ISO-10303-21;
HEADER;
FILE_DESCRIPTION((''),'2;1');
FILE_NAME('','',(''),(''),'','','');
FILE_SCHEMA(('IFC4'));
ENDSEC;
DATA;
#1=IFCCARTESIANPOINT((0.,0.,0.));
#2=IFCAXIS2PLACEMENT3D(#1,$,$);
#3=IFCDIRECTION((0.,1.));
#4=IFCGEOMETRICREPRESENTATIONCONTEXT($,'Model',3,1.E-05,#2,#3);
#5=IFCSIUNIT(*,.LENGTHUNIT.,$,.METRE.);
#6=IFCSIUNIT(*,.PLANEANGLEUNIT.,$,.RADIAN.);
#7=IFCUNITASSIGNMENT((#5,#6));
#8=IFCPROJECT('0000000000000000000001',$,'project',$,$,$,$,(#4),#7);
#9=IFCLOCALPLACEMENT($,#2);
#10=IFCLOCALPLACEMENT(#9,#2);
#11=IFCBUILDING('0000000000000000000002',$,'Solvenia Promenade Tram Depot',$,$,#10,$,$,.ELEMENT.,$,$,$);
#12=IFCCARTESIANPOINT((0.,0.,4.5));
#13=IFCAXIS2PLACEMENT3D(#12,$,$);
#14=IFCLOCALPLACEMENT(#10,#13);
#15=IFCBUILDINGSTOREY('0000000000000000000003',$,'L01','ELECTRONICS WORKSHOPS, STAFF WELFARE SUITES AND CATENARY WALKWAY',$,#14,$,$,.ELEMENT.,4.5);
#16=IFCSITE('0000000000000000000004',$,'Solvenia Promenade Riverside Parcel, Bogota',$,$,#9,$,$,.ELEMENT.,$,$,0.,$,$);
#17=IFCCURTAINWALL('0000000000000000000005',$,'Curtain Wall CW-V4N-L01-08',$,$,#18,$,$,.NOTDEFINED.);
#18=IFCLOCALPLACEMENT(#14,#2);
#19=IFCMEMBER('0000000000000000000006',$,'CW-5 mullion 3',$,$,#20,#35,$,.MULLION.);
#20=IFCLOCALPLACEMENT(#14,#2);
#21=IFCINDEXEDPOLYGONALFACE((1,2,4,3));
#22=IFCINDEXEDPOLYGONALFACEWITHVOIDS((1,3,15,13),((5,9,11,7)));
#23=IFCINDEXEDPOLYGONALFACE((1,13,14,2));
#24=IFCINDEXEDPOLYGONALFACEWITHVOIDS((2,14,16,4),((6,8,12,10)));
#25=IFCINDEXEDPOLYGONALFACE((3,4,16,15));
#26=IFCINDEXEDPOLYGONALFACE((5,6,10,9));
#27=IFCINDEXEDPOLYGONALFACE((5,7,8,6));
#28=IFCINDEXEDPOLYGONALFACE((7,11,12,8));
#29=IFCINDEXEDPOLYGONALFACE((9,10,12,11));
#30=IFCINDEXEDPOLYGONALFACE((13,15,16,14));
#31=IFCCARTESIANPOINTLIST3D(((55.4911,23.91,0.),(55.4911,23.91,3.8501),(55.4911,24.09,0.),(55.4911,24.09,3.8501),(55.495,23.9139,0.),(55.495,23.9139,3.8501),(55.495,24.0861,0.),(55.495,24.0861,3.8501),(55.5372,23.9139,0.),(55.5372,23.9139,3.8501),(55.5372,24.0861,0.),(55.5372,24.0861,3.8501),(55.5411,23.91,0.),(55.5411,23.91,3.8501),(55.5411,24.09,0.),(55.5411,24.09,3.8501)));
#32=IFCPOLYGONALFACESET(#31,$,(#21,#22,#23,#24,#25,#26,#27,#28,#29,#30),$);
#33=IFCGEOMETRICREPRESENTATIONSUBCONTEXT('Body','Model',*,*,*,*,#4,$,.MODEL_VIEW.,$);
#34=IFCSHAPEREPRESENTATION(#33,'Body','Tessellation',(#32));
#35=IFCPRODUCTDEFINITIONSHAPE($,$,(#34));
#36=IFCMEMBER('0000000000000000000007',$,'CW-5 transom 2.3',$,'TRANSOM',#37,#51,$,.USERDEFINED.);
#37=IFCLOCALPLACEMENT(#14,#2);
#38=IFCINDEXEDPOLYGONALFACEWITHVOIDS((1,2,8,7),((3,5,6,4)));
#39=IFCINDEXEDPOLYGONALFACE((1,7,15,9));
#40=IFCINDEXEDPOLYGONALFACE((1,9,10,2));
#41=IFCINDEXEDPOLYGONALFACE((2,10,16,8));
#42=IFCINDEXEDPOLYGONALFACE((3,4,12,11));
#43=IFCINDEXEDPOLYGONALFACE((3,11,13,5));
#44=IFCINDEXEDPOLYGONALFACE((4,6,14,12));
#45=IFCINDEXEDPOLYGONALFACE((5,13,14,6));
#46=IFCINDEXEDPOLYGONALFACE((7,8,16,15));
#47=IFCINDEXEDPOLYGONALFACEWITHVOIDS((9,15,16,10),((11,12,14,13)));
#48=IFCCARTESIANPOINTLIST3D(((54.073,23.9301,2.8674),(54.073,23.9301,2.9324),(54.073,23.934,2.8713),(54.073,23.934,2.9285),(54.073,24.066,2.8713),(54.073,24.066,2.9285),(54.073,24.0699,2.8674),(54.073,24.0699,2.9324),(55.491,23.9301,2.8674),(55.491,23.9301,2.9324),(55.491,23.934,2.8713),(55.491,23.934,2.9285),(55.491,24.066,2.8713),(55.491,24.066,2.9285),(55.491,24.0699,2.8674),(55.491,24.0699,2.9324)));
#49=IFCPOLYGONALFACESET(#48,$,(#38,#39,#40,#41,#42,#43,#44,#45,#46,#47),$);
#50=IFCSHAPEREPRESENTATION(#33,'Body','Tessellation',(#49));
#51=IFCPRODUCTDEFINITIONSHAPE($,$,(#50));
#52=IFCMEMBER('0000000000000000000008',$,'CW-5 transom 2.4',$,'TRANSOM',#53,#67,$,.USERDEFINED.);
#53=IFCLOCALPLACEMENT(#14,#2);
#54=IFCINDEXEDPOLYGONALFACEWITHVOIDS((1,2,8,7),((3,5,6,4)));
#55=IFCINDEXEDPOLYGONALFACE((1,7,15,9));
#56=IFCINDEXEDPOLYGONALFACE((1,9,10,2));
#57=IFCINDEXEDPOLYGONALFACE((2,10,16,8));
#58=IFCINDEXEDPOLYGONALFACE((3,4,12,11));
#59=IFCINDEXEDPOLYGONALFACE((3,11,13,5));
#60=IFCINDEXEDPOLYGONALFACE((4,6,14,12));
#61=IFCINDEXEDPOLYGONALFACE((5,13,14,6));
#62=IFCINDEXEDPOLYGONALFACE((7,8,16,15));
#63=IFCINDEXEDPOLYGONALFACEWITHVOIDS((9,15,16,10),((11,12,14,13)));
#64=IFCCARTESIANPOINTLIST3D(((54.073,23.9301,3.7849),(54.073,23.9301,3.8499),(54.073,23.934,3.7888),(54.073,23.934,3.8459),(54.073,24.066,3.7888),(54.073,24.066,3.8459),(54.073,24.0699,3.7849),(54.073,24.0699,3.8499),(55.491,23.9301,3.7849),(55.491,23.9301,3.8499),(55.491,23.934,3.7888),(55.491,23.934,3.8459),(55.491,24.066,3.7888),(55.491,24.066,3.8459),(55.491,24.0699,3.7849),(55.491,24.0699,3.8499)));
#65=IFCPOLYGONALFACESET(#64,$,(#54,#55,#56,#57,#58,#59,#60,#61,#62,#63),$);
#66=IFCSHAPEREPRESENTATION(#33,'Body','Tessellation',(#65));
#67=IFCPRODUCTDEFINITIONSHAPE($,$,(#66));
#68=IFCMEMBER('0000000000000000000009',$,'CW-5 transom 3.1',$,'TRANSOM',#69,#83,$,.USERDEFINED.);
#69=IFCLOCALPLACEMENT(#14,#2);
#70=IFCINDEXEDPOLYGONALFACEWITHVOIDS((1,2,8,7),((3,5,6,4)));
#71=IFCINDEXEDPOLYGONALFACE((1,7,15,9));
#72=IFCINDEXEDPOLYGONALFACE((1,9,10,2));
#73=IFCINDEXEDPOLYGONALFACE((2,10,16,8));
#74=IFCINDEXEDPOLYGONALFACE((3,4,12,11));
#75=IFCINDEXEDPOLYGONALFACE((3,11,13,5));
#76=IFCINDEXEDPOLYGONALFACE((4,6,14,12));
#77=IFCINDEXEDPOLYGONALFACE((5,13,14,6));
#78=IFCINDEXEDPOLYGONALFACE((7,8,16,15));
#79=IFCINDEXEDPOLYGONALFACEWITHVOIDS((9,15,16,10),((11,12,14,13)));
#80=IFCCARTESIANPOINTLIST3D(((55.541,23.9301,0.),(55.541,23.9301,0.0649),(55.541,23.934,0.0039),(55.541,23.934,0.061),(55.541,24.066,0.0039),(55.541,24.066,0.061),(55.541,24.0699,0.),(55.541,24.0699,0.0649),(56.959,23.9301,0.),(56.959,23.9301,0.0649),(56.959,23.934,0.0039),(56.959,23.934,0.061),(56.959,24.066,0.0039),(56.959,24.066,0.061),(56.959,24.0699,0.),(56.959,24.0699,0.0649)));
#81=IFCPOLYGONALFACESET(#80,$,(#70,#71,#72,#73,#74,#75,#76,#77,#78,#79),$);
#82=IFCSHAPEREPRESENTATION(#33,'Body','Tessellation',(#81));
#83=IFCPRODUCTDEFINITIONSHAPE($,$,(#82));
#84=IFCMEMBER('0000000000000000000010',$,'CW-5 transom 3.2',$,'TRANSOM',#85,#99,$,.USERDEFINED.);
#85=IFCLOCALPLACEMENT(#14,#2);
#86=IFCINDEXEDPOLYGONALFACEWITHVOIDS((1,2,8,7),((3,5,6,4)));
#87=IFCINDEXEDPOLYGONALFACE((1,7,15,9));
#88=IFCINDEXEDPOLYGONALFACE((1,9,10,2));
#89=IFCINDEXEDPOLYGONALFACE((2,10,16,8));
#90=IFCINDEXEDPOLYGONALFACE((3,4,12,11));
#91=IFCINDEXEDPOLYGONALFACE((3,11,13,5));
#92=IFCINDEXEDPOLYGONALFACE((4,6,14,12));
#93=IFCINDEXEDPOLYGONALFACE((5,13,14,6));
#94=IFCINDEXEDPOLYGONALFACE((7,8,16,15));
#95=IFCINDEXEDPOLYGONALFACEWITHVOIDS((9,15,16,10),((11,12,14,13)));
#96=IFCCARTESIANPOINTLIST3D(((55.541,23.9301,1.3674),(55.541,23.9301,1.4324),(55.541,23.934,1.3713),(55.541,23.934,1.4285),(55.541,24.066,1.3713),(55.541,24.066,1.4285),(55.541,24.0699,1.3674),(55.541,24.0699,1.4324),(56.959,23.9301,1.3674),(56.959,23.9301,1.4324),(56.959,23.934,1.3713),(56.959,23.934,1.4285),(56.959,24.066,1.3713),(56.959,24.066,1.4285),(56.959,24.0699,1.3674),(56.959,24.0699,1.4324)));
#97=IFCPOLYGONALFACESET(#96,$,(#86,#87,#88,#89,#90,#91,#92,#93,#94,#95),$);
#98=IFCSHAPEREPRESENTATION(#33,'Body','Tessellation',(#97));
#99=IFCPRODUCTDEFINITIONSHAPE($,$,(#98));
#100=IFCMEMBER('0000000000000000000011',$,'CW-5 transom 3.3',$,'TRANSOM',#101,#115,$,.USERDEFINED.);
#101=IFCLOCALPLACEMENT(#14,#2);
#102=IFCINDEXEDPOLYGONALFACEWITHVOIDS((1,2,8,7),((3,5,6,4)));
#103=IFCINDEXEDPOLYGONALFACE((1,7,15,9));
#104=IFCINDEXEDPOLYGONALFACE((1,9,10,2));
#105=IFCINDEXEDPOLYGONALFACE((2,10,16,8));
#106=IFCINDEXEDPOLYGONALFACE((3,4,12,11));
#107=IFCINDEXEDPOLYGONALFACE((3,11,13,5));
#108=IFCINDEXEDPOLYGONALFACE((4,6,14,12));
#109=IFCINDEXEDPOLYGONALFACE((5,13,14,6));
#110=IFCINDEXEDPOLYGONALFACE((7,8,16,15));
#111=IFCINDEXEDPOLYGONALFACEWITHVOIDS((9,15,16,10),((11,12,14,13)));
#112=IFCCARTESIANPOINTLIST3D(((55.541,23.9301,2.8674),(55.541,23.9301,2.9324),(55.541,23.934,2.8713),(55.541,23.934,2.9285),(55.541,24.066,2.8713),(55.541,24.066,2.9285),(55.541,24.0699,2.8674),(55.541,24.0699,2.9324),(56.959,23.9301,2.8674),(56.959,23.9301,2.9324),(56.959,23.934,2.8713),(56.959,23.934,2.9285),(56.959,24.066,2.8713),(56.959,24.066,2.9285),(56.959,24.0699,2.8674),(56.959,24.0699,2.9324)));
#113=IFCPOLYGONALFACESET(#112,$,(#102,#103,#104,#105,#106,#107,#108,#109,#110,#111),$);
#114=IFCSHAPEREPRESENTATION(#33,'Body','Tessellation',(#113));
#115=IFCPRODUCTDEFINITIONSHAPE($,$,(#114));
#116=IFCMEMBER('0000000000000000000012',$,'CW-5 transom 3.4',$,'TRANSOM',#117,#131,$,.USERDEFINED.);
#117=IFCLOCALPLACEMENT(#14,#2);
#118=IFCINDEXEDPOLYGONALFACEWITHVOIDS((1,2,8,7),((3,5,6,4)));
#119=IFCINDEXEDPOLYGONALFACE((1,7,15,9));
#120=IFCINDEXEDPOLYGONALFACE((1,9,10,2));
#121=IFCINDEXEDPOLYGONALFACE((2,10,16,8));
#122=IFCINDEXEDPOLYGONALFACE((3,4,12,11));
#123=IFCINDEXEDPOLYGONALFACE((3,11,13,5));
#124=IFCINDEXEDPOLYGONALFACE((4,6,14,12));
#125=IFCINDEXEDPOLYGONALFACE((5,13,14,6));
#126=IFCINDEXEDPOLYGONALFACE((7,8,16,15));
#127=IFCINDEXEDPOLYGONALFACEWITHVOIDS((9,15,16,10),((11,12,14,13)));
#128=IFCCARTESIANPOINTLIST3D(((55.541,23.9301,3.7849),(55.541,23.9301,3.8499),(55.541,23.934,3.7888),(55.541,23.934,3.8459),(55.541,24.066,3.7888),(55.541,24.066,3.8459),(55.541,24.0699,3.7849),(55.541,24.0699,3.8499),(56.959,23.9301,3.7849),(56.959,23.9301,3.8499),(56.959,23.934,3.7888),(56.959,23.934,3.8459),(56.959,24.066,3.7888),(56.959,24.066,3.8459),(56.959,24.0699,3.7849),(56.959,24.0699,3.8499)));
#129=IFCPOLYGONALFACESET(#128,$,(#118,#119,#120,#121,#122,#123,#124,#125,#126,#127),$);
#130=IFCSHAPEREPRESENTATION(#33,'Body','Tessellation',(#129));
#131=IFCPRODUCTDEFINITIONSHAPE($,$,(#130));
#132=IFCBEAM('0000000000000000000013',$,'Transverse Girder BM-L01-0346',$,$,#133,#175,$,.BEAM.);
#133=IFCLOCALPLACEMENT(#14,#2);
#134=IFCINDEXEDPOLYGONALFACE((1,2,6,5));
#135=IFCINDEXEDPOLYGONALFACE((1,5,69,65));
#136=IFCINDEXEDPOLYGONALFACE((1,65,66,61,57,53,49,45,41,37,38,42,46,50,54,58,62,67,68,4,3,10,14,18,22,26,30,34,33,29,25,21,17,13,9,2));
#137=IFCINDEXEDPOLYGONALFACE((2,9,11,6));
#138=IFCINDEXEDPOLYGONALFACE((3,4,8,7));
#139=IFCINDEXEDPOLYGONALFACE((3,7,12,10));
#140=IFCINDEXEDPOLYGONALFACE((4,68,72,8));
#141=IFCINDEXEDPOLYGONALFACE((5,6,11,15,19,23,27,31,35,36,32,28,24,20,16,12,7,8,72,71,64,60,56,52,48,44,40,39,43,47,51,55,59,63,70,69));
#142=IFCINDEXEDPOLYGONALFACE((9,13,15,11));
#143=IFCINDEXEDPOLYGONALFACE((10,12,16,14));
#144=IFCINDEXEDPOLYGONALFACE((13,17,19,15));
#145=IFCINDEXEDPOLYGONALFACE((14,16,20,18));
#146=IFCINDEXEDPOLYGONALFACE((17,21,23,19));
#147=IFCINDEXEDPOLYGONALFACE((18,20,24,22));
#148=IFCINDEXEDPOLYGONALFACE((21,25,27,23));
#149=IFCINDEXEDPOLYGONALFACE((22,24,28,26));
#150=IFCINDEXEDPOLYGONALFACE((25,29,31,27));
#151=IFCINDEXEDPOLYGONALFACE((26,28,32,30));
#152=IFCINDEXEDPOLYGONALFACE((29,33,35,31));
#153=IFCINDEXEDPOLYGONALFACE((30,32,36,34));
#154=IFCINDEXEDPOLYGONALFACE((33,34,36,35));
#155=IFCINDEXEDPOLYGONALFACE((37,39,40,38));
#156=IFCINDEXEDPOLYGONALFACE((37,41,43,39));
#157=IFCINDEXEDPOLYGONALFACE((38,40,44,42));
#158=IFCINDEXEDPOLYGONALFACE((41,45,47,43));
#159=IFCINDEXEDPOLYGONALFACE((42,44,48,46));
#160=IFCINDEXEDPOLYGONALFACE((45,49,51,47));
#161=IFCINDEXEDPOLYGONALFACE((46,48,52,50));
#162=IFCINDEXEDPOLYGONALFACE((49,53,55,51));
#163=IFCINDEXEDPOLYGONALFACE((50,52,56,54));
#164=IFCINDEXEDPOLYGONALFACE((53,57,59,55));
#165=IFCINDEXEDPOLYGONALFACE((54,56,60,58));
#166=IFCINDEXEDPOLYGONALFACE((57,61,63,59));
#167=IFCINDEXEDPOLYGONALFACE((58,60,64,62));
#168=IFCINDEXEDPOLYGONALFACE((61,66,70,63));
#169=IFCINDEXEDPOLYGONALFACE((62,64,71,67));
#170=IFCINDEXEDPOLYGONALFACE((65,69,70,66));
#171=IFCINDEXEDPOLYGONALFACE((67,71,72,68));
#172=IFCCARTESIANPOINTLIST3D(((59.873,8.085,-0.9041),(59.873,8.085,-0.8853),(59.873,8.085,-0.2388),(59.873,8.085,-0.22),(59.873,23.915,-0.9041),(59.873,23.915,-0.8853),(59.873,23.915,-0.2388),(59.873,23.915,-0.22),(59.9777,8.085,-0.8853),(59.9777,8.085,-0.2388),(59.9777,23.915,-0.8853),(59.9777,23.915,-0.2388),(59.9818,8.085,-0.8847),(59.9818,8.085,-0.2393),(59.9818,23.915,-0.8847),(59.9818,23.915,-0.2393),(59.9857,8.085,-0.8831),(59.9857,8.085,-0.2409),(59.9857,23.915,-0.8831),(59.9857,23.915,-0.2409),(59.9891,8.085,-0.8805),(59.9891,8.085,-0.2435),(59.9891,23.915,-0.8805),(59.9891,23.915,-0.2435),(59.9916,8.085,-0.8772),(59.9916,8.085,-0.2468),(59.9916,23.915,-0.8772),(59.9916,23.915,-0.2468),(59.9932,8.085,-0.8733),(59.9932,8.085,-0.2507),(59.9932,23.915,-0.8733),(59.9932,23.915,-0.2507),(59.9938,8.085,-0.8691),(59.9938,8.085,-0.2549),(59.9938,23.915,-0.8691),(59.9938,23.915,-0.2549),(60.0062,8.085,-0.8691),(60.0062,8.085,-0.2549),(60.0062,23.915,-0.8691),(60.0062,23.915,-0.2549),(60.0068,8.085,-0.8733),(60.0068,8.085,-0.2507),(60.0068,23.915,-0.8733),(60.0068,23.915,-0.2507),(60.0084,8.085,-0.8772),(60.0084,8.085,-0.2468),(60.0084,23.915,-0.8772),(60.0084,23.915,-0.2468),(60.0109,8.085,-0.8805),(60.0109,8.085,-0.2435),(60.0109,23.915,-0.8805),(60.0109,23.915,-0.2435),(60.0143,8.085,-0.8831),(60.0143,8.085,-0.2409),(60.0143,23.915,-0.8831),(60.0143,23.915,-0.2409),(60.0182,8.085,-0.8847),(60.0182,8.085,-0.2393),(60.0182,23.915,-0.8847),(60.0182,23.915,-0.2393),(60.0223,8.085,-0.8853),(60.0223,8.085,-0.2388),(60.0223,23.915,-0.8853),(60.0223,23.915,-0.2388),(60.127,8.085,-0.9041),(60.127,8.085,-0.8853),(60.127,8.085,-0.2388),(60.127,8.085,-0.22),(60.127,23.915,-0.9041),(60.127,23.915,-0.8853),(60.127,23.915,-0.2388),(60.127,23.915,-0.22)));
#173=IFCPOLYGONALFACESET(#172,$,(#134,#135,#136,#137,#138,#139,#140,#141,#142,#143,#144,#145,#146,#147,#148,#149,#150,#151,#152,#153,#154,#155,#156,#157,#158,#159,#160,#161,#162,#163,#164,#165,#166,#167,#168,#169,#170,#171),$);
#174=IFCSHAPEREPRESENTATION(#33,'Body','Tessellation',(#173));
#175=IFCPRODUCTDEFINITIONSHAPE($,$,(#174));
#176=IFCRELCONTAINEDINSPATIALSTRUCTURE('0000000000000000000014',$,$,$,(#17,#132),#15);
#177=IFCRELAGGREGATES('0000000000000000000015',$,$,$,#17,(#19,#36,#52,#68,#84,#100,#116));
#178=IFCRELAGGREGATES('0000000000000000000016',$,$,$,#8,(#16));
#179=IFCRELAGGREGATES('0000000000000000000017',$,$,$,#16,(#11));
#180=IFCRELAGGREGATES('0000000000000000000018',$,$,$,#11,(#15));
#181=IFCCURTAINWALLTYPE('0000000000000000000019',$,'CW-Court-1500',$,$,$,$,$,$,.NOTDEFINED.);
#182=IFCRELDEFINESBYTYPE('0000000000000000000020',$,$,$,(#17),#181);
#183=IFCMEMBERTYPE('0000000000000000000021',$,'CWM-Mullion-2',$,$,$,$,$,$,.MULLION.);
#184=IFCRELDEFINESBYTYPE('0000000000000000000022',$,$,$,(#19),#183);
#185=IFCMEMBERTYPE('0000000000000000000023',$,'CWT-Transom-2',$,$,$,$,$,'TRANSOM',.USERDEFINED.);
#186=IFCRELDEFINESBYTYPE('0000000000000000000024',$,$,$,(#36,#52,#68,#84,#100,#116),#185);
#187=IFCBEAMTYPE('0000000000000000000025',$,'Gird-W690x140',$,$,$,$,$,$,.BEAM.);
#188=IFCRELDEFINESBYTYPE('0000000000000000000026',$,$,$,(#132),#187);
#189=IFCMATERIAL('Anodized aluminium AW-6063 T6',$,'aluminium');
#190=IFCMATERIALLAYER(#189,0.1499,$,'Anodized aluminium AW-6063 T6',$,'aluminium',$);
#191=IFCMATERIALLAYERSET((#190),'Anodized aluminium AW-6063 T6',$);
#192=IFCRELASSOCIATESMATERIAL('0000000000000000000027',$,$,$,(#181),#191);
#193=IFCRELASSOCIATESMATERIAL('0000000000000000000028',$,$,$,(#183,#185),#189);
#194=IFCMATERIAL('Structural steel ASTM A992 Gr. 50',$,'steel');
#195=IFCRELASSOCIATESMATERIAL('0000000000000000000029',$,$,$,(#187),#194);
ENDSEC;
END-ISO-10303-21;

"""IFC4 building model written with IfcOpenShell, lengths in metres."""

from ifc_helpers import new_model, si_unit, direction, frame, origin, origin_2d, place, context, subcontext, project, spatial, hollow_rectangle, i_section, extrude, material, layer, layer_set, material_profile, profile_set, type_object, element, aggregate, save


model = new_model("IFC4")

# Units and contexts
model_context = context("Model", 3, precision=1e-05, world=origin(), true_north=direction((0.0, 1.0)))
body_context = subcontext(model_context, "Body", "Model", "MODEL_VIEW")
ifc_project = project(units=[si_unit("LENGTHUNIT", "METRE"), si_unit("PLANEANGLEUNIT", "RADIAN")], contexts=[model_context])

# Site, building, storey
site_placement = place(None, origin())
site = spatial("IfcSite", under=ifc_project, at=site_placement, Name="Solvenia Promenade Riverside Parcel, Bogota", CompositionType="ELEMENT", RefElevation=0.0)
building_placement = place(site_placement, origin())
building = spatial("IfcBuilding", under=site, at=building_placement, Name="Solvenia Promenade Tram Depot", CompositionType="ELEMENT")
storey_placement = place(building_placement, frame((0.0, 0.0, 4.5)))
storey = spatial("IfcBuildingStorey", under=building, at=storey_placement, Name="L01", Description="ELECTRONICS WORKSHOPS, STAFF WELFARE SUITES AND CATENARY WALKWAY", CompositionType="ELEMENT", Elevation=4.5)

# Shared definitions
ifc_material_1 = material(Name="Structural steel ASTM A992 Gr. 50", Category="steel")

# Curtain wall, members
ifc_material_2 = material(Name="Anodized aluminium AW-6063 T6", Category="aluminium")
ifc_layer_1 = layer(ifc_material_2, 0.1499, Name="Anodized aluminium AW-6063 T6", Category="aluminium")
ifc_layer_set_1 = layer_set([ifc_layer_1], Name="Anodized aluminium AW-6063 T6")
curtain_wall_type = type_object("IfcCurtainWallType", Name="CW-Court-1500", PredefinedType="NOTDEFINED", material=ifc_layer_set_1)
curtain_wall_placement = place(storey_placement, origin())
curtain_wall = element("IfcCurtainWall", 1, at=curtain_wall_placement, inside=storey, type_object=curtain_wall_type, Name="Curtain Wall CW-V4N-L01-08", PredefinedType="NOTDEFINED")
ifc_material_profile_1 = material_profile(ifc_material_2, hollow_rectangle(XDim=0.1799, YDim=0.05, WallThickness=0.0039, at=origin_2d()), Name="ALU-M2", Category="aluminium")
ifc_profile_set_1 = profile_set([ifc_material_profile_1], Name="Anodized aluminium AW-6063 T6")
member_type_1 = type_object("IfcMemberType", Name="CWM-Mullion-2", PredefinedType="MULLION", material=ifc_profile_set_1)
member_1_placement = place(storey_placement, frame((55.5161, 24.0, 0.0), z_axis=(0.0, 0.0, 1.0), x_axis=(0.0, 1.0, 0.0)))
member_1 = element("IfcMember", 2, at=member_1_placement, type_object=member_type_1, Name="CW-5 mullion 3", PredefinedType="MULLION", context=body_context, shape_type="SweptSolid", body=[
    extrude(hollow_rectangle(XDim=0.1799, YDim=0.05, WallThickness=0.0039, at=origin_2d()), origin(), (0.0, 0.0, 1.0), 3.8501),
])
ifc_material_profile_2 = material_profile(ifc_material_2, hollow_rectangle(XDim=0.1399, YDim=0.0649, WallThickness=0.0039, at=origin_2d()), Name="ALU-T2", Category="aluminium")
ifc_profile_set_2 = profile_set([ifc_material_profile_2], Name="Anodized aluminium AW-6063 T6")
member_type_2 = type_object("IfcMemberType", Name="CWT-Transom-2", ElementType="TRANSOM", PredefinedType="USERDEFINED", material=ifc_profile_set_2)
member_2_placement = place(storey_placement, frame((54.073, 24.0, 2.8999), z_axis=(1.0, 0.0, 0.0), x_axis=(0.0, 1.0, 0.0)))
member_2 = element("IfcMember", 3, at=member_2_placement, type_object=member_type_2, Name="CW-5 transom 2.3", ObjectType="TRANSOM", PredefinedType="USERDEFINED", context=body_context, shape_type="SweptSolid", body=[
    extrude(hollow_rectangle(XDim=0.1399, YDim=0.0649, WallThickness=0.0039, at=origin_2d()), origin(), (0.0, 0.0, 1.0), 1.418),
])
member_3_placement = place(storey_placement, frame((54.073, 24.0, 3.8174), z_axis=(1.0, 0.0, 0.0), x_axis=(0.0, 1.0, 0.0)))
member_3 = element("IfcMember", 4, at=member_3_placement, type_object=member_type_2, Name="CW-5 transom 2.4", ObjectType="TRANSOM", PredefinedType="USERDEFINED", context=body_context, shape_type="SweptSolid", body=[
    extrude(hollow_rectangle(XDim=0.1399, YDim=0.0649, WallThickness=0.0039, at=origin_2d()), origin(), (0.0, 0.0, 1.0), 1.418),
])
member_4_placement = place(storey_placement, frame((55.541, 24.0, 0.0325), z_axis=(1.0, 0.0, 0.0), x_axis=(0.0, 1.0, 0.0)))
member_4 = element("IfcMember", 5, at=member_4_placement, type_object=member_type_2, Name="CW-5 transom 3.1", ObjectType="TRANSOM", PredefinedType="USERDEFINED", context=body_context, shape_type="SweptSolid", body=[
    extrude(hollow_rectangle(XDim=0.1399, YDim=0.0649, WallThickness=0.0039, at=origin_2d()), origin(), (0.0, 0.0, 1.0), 1.418),
])
member_5_placement = place(storey_placement, frame((55.541, 24.0, 1.3999), z_axis=(1.0, 0.0, 0.0), x_axis=(0.0, 1.0, 0.0)))
member_5 = element("IfcMember", 6, at=member_5_placement, type_object=member_type_2, Name="CW-5 transom 3.2", ObjectType="TRANSOM", PredefinedType="USERDEFINED", context=body_context, shape_type="SweptSolid", body=[
    extrude(hollow_rectangle(XDim=0.1399, YDim=0.0649, WallThickness=0.0039, at=origin_2d()), origin(), (0.0, 0.0, 1.0), 1.418),
])
member_6_placement = place(storey_placement, frame((55.541, 24.0, 2.8999), z_axis=(1.0, 0.0, 0.0), x_axis=(0.0, 1.0, 0.0)))
member_6 = element("IfcMember", 7, at=member_6_placement, type_object=member_type_2, Name="CW-5 transom 3.3", ObjectType="TRANSOM", PredefinedType="USERDEFINED", context=body_context, shape_type="SweptSolid", body=[
    extrude(hollow_rectangle(XDim=0.1399, YDim=0.0649, WallThickness=0.0039, at=origin_2d()), origin(), (0.0, 0.0, 1.0), 1.418),
])
member_7_placement = place(storey_placement, frame((55.541, 24.0, 3.8174), z_axis=(1.0, 0.0, 0.0), x_axis=(0.0, 1.0, 0.0)))
member_7 = element("IfcMember", 8, at=member_7_placement, type_object=member_type_2, Name="CW-5 transom 3.4", ObjectType="TRANSOM", PredefinedType="USERDEFINED", context=body_context, shape_type="SweptSolid", body=[
    extrude(hollow_rectangle(XDim=0.1399, YDim=0.0649, WallThickness=0.0039, at=origin_2d()), origin(), (0.0, 0.0, 1.0), 1.418),
])

# Beam
ifc_material_profile_3 = material_profile(ifc_material_1, i_section(OverallWidth=0.2539, OverallDepth=0.6841, WebThickness=0.0125, FlangeThickness=0.0188, FilletRadius=0.0161, at=origin_2d()), Name="W690x140", Category="steel")
ifc_profile_set_3 = profile_set([ifc_material_profile_3], Name="Structural steel ASTM A992 Gr. 50")
beam_type_1 = type_object("IfcBeamType", Name="Gird-W690x140", PredefinedType="BEAM", material=ifc_profile_set_3)
for number, where, z_axis, x_axis, name in (
    (9, (60.0, 8.085, -0.562), (0.0, 1.0, 0.0), (-1.0, 0.0, 0.0), "Transverse Girder BM-L01-0346"),
):
    element("IfcBeam", number, at=place(storey_placement, frame(where, z_axis=z_axis, x_axis=x_axis)), inside=storey, type_object=beam_type_1, Name=name, PredefinedType="BEAM", context=body_context, shape_type="SweptSolid", body=[
        extrude(i_section(OverallWidth=0.2539, OverallDepth=0.6841, WebThickness=0.0125, FlangeThickness=0.0188, FilletRadius=0.0161, at=origin_2d()), origin(), (0.0, 0.0, 1.0), 15.8301),
    ])

aggregate(curtain_wall, [member_1, member_2, member_3, member_4, member_5, member_6, member_7])

save(model, "model.ifc")
